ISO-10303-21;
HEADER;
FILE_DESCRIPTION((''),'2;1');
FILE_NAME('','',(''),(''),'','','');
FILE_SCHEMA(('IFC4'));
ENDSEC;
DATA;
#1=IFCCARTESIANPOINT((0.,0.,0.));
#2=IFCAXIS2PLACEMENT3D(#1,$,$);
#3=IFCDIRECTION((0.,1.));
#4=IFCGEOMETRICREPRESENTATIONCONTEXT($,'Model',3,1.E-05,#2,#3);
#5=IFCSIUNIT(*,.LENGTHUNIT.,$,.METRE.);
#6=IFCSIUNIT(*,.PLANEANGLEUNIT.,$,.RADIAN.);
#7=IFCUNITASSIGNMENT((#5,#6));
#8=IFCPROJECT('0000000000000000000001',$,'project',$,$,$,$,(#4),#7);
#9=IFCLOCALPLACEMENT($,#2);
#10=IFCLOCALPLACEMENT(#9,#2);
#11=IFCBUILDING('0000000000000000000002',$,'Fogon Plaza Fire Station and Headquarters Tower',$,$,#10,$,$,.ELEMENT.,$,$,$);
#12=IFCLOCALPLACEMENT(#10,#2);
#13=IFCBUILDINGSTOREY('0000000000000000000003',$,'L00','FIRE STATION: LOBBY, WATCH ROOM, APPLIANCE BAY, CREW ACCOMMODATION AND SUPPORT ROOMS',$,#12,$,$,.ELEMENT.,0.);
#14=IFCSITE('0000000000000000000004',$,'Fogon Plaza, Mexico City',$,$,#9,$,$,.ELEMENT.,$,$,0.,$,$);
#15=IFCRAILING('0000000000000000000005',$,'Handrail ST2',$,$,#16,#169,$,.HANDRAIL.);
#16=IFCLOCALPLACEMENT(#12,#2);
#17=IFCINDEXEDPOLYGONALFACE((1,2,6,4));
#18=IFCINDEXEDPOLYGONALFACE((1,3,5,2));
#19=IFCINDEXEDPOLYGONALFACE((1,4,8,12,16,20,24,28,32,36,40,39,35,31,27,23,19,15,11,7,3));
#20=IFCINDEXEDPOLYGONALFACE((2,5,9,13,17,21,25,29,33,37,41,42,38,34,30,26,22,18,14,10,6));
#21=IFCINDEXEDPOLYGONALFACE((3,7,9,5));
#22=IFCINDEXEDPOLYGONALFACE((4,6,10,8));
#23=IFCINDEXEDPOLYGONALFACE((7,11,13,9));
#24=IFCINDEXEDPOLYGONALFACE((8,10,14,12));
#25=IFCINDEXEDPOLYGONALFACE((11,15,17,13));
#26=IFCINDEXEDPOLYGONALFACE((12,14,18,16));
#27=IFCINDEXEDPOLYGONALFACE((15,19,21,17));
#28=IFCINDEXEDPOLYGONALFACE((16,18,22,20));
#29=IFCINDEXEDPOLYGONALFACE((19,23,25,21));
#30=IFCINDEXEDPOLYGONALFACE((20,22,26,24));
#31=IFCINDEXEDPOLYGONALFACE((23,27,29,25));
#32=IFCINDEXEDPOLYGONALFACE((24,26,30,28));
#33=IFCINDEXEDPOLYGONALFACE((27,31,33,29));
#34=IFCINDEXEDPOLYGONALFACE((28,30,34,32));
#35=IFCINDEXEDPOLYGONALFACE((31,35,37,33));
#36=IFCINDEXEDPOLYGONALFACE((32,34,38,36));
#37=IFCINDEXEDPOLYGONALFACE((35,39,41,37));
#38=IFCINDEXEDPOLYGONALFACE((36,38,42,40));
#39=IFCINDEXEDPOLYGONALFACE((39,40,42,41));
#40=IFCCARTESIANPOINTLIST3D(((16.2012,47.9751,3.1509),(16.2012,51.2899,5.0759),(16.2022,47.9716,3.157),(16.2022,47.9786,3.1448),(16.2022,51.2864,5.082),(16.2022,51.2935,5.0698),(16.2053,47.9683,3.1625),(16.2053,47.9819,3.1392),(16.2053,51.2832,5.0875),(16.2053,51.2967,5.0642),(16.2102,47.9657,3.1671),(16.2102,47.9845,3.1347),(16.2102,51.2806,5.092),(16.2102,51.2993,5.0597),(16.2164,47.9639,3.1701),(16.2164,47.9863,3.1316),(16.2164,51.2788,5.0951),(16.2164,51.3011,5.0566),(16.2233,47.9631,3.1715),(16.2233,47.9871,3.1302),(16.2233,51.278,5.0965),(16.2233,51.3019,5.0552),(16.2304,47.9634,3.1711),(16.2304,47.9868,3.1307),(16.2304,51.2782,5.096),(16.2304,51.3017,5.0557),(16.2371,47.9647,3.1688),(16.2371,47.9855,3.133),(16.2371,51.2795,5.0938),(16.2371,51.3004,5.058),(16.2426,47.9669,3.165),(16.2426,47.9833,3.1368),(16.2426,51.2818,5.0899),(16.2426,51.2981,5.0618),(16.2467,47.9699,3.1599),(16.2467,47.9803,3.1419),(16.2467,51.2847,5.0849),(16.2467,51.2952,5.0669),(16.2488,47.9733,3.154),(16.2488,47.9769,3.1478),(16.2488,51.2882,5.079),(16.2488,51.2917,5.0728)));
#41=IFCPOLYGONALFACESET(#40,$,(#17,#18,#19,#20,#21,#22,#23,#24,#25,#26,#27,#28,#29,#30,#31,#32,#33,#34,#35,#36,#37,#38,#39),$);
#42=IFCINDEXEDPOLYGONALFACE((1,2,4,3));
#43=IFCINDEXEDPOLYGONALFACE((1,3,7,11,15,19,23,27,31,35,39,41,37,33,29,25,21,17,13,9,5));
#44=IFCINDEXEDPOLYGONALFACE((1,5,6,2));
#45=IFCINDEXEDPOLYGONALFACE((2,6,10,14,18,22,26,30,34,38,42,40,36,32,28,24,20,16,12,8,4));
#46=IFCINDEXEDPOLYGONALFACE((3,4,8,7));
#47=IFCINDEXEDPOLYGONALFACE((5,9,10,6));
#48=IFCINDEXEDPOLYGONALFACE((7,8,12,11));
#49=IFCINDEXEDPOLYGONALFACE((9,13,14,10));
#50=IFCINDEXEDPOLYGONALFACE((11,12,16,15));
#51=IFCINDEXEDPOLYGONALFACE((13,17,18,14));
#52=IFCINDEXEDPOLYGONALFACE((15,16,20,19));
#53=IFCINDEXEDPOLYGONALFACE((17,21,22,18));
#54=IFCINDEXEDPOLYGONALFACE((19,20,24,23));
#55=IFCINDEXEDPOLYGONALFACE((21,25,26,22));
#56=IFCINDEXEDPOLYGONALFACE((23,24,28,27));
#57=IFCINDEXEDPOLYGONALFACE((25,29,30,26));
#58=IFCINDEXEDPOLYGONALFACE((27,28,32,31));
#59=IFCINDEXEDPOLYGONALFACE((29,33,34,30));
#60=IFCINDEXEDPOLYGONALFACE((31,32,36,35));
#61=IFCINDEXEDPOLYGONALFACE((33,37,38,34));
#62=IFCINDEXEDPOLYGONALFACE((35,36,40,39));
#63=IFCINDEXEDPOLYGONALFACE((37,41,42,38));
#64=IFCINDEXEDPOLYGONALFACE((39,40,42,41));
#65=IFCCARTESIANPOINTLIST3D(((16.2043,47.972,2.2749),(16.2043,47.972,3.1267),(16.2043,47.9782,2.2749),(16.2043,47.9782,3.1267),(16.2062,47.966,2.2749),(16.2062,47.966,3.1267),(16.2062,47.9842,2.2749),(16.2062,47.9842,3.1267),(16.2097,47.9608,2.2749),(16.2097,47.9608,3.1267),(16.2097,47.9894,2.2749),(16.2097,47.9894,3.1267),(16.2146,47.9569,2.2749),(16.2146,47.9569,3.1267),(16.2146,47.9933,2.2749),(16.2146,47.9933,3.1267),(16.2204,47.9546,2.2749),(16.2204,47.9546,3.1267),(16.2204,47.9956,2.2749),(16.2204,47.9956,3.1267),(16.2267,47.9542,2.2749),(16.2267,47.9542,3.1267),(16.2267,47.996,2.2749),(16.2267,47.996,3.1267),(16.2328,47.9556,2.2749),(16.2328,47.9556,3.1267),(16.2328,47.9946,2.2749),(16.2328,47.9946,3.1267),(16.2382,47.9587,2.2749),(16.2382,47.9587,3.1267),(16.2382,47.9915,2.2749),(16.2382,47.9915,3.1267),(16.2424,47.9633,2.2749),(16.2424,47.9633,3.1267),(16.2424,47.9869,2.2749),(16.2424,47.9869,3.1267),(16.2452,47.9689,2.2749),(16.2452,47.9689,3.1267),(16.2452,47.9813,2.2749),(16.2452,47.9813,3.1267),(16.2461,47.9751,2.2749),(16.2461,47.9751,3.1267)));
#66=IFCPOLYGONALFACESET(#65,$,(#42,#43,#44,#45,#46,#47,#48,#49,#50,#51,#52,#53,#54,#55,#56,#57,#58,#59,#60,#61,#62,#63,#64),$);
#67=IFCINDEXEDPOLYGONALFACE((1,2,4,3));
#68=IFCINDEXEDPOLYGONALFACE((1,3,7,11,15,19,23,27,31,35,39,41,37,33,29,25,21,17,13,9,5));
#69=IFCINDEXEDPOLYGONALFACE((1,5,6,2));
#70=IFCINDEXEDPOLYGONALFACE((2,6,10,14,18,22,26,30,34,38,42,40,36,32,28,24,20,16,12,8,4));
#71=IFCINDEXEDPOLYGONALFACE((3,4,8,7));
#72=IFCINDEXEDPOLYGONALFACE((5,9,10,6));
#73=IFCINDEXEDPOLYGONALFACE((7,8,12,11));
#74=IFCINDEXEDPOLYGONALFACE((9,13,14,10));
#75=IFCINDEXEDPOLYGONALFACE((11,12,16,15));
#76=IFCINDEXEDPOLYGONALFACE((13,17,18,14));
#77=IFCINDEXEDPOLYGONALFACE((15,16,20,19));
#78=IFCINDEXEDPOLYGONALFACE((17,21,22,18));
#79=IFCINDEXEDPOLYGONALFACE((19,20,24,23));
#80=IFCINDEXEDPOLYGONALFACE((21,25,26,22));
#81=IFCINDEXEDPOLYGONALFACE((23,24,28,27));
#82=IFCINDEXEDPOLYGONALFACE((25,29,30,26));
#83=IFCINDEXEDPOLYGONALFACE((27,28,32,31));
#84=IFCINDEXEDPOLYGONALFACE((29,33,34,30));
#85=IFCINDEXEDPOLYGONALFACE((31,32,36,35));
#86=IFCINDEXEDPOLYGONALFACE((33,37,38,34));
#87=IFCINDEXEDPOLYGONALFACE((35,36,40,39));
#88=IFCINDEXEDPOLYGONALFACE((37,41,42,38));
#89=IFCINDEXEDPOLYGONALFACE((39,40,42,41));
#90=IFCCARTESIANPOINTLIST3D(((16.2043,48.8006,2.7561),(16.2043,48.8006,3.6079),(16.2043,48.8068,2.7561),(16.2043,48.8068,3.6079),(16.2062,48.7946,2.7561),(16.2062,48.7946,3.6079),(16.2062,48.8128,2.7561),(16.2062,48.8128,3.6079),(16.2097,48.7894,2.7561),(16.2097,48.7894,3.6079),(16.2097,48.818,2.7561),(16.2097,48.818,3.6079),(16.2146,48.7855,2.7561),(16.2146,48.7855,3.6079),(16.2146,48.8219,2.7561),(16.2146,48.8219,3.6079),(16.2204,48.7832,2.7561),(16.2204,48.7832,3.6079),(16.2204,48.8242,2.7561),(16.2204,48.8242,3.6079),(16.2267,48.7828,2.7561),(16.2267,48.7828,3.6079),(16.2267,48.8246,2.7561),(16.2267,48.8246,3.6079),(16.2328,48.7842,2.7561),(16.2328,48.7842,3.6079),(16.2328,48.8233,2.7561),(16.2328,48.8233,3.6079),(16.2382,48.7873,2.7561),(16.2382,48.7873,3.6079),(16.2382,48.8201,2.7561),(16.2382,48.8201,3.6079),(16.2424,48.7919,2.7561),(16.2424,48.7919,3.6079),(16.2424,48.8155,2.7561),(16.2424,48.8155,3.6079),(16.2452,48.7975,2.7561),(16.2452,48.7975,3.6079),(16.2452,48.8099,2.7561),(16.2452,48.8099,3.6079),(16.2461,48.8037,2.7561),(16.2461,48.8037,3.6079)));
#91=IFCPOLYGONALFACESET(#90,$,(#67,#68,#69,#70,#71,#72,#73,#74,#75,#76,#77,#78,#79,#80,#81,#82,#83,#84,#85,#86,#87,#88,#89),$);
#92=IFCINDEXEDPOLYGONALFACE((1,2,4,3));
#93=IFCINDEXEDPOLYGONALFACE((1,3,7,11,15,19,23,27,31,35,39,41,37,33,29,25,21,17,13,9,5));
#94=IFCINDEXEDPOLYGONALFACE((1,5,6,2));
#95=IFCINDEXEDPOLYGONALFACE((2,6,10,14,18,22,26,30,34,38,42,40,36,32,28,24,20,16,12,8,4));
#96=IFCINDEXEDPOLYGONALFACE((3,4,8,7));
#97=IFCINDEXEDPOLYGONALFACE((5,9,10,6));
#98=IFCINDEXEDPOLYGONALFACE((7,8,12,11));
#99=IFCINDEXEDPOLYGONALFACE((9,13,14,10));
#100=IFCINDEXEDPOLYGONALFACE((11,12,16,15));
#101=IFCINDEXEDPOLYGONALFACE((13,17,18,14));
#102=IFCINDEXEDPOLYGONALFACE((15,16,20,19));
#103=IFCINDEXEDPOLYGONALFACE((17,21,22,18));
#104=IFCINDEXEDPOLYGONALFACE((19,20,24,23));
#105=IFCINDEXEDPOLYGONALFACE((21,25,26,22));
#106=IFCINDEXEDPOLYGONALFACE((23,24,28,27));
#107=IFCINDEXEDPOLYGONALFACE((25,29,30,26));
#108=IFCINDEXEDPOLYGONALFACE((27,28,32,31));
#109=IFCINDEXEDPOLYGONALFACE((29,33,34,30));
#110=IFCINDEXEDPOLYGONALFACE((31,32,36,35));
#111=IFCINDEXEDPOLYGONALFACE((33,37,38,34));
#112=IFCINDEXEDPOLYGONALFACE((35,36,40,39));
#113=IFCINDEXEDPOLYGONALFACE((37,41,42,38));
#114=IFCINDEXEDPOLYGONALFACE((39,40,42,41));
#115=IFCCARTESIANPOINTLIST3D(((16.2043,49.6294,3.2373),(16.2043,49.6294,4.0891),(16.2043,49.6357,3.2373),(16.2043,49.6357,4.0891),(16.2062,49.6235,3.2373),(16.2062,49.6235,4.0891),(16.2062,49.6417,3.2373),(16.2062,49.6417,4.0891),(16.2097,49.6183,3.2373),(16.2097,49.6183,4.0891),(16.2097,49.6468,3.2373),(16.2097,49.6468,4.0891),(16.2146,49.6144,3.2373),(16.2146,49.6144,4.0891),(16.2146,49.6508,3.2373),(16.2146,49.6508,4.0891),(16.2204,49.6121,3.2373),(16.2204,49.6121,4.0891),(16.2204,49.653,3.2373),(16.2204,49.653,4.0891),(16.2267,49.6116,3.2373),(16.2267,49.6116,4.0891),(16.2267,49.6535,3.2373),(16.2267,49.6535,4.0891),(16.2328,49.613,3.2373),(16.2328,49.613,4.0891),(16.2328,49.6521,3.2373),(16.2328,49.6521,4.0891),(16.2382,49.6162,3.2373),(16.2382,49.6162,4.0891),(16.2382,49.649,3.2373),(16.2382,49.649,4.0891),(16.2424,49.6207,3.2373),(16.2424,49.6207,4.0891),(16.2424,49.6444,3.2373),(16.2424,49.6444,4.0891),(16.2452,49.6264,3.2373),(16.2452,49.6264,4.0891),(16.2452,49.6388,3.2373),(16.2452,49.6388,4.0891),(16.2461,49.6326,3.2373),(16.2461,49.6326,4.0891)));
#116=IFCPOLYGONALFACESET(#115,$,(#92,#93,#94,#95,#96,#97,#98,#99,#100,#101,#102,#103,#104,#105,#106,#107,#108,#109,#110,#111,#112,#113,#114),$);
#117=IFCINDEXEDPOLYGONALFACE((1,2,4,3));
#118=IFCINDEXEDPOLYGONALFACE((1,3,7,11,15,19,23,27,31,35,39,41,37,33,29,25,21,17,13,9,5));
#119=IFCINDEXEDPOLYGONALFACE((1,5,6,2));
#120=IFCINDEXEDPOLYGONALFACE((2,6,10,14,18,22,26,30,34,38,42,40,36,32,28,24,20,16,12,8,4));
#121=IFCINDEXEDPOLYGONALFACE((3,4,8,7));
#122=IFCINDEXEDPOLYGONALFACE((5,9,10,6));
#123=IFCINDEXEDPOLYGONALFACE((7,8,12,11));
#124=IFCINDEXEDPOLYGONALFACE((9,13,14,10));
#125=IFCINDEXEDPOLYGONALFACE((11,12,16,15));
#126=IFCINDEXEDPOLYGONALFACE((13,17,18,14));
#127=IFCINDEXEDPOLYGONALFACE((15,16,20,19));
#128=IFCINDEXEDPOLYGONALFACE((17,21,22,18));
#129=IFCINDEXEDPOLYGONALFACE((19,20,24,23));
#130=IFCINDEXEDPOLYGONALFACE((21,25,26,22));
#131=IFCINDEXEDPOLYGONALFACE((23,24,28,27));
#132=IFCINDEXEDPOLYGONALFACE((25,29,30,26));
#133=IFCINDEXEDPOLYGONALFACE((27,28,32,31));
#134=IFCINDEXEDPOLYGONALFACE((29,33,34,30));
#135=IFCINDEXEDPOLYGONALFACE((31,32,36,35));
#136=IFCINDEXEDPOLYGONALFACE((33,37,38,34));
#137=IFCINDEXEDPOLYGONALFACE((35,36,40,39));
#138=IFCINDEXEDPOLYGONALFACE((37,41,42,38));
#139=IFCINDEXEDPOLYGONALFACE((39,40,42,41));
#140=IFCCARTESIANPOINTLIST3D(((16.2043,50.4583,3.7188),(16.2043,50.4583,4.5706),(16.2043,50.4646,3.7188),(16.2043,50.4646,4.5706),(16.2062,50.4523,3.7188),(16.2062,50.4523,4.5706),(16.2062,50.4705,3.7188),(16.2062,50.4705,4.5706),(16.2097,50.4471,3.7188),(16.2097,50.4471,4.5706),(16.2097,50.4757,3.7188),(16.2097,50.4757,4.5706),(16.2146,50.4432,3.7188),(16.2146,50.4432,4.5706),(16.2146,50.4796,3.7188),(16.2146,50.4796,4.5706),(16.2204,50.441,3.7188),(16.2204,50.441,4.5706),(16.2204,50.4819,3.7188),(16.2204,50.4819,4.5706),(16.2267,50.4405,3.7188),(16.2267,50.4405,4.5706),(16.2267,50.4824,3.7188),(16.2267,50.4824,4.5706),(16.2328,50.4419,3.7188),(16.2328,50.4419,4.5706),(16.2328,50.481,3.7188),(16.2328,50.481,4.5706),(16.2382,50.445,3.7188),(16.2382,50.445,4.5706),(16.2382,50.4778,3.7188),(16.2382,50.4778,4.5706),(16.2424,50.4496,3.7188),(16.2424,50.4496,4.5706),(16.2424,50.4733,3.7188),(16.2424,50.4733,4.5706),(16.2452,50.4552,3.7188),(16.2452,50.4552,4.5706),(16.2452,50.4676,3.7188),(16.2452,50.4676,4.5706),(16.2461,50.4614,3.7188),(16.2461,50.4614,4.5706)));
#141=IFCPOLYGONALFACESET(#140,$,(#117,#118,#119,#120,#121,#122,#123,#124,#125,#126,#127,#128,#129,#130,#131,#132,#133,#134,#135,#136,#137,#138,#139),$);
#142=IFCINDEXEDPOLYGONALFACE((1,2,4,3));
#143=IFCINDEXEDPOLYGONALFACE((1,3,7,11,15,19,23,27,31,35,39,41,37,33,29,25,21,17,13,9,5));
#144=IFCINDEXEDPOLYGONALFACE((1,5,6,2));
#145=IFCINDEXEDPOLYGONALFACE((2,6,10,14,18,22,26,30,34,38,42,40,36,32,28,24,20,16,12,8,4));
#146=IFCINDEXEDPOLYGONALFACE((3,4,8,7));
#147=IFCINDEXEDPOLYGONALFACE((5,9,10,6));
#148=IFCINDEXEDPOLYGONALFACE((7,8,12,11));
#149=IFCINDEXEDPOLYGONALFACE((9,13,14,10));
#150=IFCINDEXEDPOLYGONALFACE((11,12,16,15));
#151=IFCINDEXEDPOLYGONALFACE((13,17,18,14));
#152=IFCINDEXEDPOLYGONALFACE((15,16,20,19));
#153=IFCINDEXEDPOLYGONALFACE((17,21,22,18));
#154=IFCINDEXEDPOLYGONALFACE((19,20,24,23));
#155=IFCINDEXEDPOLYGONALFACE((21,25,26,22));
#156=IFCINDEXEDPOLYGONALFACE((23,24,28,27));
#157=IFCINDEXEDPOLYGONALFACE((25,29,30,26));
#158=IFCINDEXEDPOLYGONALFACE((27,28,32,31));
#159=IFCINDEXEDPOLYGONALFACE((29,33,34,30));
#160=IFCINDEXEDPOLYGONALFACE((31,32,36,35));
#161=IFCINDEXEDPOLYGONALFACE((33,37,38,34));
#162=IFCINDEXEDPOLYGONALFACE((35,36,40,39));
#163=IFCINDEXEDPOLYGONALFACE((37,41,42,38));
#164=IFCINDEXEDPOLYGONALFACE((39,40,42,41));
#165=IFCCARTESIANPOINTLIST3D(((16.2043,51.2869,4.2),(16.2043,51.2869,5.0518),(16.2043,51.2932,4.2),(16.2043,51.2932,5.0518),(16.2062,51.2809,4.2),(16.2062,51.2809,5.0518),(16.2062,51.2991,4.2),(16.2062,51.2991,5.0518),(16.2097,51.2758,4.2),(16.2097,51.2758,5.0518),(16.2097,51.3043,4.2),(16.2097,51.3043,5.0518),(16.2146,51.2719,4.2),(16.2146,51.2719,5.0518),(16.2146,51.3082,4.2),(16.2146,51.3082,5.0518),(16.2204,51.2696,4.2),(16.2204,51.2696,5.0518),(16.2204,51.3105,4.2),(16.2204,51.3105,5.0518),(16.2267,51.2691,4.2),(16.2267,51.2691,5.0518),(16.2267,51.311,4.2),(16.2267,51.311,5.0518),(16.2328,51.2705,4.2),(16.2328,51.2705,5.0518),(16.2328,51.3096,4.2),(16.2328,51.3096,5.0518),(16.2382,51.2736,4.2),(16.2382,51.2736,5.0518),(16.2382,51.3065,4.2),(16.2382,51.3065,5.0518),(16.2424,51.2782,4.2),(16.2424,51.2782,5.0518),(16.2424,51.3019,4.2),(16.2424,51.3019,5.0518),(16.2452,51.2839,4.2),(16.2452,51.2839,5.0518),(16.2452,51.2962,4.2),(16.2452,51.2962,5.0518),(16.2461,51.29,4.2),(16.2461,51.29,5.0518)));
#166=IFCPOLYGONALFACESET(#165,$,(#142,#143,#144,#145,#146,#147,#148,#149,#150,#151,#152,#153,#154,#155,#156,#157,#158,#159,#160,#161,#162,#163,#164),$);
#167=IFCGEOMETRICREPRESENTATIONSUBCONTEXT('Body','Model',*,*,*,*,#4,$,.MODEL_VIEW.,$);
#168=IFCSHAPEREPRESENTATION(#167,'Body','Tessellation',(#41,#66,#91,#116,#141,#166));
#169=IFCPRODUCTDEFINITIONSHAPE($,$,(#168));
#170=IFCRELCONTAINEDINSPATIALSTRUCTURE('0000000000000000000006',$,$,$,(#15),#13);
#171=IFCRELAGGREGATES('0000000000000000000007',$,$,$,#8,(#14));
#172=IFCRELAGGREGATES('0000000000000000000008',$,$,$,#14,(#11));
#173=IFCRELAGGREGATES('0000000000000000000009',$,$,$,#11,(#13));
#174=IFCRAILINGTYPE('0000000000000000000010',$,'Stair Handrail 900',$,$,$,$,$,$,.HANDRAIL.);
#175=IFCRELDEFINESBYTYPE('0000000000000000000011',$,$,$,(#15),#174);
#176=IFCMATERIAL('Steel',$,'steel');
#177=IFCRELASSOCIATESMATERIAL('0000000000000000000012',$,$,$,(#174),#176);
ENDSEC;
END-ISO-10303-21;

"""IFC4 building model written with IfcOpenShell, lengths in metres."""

from ifc_helpers import new_model, si_unit, direction, frame, origin, origin_2d, place, context, subcontext, project, spatial, circle, extrude, material, type_object, element, save


model = new_model("IFC4")

# Units and contexts
model_context = context("Model", 3, precision=1e-05, world=origin(), true_north=direction((0.0, 1.0)))
body_context = subcontext(model_context, "Body", "Model", "MODEL_VIEW")
ifc_project = project(units=[si_unit("LENGTHUNIT", "METRE"), si_unit("PLANEANGLEUNIT", "RADIAN")], contexts=[model_context])

# Site, building, storey
site_placement = place(None, origin())
site = spatial("IfcSite", under=ifc_project, at=site_placement, Name="Fogon Plaza, Mexico City", CompositionType="ELEMENT", RefElevation=0.0)
building_placement = place(site_placement, origin())
building = spatial("IfcBuilding", under=site, at=building_placement, Name="Fogon Plaza Fire Station and Headquarters Tower", CompositionType="ELEMENT")
storey_placement = place(building_placement, origin())
storey = spatial("IfcBuildingStorey", under=building, at=storey_placement, Name="L00", Description="FIRE STATION: LOBBY, WATCH ROOM, APPLIANCE BAY, CREW ACCOMMODATION AND SUPPORT ROOMS", CompositionType="ELEMENT", Elevation=0.0)

# Railing
ifc_material_1 = material(Name="Steel", Category="steel")
railing_type = type_object("IfcRailingType", Name="Stair Handrail 900", PredefinedType="HANDRAIL", material=ifc_material_1)
for number, where, name in (
    (1, (16.2251, 47.9751, 2.2749), "Handrail ST2"),
):
    element("IfcRailing", number, at=place(storey_placement, frame(where)), inside=storey, type_object=railing_type, Name=name, PredefinedType="HANDRAIL", context=body_context, shape_type="SweptSolid", body=[
        extrude(circle(Radius=0.0239, at=origin_2d()), frame((0.0, 0.0, 0.876), z_axis=(0.0, 0.864761, 0.502183), x_axis=(-1.0, 0.0, 0.0)), (0.0, 0.0, 1.0), 3.8333),
        extrude(circle(Radius=0.021, at=origin_2d()), origin(), (0.0, 0.0, 1.0), 0.8518),
        extrude(circle(Radius=0.021, at=origin_2d()), frame((0.0, 0.8286, 0.4812)), (0.0, 0.0, 1.0), 0.8518),
        extrude(circle(Radius=0.021, at=origin_2d()), frame((0.0, 1.6575, 0.9624)), (0.0, 0.0, 1.0), 0.8518),
        extrude(circle(Radius=0.021, at=origin_2d()), frame((0.0, 2.4863, 1.4438)), (0.0, 0.0, 1.0), 0.8518),
        extrude(circle(Radius=0.021, at=origin_2d()), frame((0.0, 3.3149, 1.925)), (0.0, 0.0, 1.0), 0.8518),
    ])

save(model, "model.ifc")
